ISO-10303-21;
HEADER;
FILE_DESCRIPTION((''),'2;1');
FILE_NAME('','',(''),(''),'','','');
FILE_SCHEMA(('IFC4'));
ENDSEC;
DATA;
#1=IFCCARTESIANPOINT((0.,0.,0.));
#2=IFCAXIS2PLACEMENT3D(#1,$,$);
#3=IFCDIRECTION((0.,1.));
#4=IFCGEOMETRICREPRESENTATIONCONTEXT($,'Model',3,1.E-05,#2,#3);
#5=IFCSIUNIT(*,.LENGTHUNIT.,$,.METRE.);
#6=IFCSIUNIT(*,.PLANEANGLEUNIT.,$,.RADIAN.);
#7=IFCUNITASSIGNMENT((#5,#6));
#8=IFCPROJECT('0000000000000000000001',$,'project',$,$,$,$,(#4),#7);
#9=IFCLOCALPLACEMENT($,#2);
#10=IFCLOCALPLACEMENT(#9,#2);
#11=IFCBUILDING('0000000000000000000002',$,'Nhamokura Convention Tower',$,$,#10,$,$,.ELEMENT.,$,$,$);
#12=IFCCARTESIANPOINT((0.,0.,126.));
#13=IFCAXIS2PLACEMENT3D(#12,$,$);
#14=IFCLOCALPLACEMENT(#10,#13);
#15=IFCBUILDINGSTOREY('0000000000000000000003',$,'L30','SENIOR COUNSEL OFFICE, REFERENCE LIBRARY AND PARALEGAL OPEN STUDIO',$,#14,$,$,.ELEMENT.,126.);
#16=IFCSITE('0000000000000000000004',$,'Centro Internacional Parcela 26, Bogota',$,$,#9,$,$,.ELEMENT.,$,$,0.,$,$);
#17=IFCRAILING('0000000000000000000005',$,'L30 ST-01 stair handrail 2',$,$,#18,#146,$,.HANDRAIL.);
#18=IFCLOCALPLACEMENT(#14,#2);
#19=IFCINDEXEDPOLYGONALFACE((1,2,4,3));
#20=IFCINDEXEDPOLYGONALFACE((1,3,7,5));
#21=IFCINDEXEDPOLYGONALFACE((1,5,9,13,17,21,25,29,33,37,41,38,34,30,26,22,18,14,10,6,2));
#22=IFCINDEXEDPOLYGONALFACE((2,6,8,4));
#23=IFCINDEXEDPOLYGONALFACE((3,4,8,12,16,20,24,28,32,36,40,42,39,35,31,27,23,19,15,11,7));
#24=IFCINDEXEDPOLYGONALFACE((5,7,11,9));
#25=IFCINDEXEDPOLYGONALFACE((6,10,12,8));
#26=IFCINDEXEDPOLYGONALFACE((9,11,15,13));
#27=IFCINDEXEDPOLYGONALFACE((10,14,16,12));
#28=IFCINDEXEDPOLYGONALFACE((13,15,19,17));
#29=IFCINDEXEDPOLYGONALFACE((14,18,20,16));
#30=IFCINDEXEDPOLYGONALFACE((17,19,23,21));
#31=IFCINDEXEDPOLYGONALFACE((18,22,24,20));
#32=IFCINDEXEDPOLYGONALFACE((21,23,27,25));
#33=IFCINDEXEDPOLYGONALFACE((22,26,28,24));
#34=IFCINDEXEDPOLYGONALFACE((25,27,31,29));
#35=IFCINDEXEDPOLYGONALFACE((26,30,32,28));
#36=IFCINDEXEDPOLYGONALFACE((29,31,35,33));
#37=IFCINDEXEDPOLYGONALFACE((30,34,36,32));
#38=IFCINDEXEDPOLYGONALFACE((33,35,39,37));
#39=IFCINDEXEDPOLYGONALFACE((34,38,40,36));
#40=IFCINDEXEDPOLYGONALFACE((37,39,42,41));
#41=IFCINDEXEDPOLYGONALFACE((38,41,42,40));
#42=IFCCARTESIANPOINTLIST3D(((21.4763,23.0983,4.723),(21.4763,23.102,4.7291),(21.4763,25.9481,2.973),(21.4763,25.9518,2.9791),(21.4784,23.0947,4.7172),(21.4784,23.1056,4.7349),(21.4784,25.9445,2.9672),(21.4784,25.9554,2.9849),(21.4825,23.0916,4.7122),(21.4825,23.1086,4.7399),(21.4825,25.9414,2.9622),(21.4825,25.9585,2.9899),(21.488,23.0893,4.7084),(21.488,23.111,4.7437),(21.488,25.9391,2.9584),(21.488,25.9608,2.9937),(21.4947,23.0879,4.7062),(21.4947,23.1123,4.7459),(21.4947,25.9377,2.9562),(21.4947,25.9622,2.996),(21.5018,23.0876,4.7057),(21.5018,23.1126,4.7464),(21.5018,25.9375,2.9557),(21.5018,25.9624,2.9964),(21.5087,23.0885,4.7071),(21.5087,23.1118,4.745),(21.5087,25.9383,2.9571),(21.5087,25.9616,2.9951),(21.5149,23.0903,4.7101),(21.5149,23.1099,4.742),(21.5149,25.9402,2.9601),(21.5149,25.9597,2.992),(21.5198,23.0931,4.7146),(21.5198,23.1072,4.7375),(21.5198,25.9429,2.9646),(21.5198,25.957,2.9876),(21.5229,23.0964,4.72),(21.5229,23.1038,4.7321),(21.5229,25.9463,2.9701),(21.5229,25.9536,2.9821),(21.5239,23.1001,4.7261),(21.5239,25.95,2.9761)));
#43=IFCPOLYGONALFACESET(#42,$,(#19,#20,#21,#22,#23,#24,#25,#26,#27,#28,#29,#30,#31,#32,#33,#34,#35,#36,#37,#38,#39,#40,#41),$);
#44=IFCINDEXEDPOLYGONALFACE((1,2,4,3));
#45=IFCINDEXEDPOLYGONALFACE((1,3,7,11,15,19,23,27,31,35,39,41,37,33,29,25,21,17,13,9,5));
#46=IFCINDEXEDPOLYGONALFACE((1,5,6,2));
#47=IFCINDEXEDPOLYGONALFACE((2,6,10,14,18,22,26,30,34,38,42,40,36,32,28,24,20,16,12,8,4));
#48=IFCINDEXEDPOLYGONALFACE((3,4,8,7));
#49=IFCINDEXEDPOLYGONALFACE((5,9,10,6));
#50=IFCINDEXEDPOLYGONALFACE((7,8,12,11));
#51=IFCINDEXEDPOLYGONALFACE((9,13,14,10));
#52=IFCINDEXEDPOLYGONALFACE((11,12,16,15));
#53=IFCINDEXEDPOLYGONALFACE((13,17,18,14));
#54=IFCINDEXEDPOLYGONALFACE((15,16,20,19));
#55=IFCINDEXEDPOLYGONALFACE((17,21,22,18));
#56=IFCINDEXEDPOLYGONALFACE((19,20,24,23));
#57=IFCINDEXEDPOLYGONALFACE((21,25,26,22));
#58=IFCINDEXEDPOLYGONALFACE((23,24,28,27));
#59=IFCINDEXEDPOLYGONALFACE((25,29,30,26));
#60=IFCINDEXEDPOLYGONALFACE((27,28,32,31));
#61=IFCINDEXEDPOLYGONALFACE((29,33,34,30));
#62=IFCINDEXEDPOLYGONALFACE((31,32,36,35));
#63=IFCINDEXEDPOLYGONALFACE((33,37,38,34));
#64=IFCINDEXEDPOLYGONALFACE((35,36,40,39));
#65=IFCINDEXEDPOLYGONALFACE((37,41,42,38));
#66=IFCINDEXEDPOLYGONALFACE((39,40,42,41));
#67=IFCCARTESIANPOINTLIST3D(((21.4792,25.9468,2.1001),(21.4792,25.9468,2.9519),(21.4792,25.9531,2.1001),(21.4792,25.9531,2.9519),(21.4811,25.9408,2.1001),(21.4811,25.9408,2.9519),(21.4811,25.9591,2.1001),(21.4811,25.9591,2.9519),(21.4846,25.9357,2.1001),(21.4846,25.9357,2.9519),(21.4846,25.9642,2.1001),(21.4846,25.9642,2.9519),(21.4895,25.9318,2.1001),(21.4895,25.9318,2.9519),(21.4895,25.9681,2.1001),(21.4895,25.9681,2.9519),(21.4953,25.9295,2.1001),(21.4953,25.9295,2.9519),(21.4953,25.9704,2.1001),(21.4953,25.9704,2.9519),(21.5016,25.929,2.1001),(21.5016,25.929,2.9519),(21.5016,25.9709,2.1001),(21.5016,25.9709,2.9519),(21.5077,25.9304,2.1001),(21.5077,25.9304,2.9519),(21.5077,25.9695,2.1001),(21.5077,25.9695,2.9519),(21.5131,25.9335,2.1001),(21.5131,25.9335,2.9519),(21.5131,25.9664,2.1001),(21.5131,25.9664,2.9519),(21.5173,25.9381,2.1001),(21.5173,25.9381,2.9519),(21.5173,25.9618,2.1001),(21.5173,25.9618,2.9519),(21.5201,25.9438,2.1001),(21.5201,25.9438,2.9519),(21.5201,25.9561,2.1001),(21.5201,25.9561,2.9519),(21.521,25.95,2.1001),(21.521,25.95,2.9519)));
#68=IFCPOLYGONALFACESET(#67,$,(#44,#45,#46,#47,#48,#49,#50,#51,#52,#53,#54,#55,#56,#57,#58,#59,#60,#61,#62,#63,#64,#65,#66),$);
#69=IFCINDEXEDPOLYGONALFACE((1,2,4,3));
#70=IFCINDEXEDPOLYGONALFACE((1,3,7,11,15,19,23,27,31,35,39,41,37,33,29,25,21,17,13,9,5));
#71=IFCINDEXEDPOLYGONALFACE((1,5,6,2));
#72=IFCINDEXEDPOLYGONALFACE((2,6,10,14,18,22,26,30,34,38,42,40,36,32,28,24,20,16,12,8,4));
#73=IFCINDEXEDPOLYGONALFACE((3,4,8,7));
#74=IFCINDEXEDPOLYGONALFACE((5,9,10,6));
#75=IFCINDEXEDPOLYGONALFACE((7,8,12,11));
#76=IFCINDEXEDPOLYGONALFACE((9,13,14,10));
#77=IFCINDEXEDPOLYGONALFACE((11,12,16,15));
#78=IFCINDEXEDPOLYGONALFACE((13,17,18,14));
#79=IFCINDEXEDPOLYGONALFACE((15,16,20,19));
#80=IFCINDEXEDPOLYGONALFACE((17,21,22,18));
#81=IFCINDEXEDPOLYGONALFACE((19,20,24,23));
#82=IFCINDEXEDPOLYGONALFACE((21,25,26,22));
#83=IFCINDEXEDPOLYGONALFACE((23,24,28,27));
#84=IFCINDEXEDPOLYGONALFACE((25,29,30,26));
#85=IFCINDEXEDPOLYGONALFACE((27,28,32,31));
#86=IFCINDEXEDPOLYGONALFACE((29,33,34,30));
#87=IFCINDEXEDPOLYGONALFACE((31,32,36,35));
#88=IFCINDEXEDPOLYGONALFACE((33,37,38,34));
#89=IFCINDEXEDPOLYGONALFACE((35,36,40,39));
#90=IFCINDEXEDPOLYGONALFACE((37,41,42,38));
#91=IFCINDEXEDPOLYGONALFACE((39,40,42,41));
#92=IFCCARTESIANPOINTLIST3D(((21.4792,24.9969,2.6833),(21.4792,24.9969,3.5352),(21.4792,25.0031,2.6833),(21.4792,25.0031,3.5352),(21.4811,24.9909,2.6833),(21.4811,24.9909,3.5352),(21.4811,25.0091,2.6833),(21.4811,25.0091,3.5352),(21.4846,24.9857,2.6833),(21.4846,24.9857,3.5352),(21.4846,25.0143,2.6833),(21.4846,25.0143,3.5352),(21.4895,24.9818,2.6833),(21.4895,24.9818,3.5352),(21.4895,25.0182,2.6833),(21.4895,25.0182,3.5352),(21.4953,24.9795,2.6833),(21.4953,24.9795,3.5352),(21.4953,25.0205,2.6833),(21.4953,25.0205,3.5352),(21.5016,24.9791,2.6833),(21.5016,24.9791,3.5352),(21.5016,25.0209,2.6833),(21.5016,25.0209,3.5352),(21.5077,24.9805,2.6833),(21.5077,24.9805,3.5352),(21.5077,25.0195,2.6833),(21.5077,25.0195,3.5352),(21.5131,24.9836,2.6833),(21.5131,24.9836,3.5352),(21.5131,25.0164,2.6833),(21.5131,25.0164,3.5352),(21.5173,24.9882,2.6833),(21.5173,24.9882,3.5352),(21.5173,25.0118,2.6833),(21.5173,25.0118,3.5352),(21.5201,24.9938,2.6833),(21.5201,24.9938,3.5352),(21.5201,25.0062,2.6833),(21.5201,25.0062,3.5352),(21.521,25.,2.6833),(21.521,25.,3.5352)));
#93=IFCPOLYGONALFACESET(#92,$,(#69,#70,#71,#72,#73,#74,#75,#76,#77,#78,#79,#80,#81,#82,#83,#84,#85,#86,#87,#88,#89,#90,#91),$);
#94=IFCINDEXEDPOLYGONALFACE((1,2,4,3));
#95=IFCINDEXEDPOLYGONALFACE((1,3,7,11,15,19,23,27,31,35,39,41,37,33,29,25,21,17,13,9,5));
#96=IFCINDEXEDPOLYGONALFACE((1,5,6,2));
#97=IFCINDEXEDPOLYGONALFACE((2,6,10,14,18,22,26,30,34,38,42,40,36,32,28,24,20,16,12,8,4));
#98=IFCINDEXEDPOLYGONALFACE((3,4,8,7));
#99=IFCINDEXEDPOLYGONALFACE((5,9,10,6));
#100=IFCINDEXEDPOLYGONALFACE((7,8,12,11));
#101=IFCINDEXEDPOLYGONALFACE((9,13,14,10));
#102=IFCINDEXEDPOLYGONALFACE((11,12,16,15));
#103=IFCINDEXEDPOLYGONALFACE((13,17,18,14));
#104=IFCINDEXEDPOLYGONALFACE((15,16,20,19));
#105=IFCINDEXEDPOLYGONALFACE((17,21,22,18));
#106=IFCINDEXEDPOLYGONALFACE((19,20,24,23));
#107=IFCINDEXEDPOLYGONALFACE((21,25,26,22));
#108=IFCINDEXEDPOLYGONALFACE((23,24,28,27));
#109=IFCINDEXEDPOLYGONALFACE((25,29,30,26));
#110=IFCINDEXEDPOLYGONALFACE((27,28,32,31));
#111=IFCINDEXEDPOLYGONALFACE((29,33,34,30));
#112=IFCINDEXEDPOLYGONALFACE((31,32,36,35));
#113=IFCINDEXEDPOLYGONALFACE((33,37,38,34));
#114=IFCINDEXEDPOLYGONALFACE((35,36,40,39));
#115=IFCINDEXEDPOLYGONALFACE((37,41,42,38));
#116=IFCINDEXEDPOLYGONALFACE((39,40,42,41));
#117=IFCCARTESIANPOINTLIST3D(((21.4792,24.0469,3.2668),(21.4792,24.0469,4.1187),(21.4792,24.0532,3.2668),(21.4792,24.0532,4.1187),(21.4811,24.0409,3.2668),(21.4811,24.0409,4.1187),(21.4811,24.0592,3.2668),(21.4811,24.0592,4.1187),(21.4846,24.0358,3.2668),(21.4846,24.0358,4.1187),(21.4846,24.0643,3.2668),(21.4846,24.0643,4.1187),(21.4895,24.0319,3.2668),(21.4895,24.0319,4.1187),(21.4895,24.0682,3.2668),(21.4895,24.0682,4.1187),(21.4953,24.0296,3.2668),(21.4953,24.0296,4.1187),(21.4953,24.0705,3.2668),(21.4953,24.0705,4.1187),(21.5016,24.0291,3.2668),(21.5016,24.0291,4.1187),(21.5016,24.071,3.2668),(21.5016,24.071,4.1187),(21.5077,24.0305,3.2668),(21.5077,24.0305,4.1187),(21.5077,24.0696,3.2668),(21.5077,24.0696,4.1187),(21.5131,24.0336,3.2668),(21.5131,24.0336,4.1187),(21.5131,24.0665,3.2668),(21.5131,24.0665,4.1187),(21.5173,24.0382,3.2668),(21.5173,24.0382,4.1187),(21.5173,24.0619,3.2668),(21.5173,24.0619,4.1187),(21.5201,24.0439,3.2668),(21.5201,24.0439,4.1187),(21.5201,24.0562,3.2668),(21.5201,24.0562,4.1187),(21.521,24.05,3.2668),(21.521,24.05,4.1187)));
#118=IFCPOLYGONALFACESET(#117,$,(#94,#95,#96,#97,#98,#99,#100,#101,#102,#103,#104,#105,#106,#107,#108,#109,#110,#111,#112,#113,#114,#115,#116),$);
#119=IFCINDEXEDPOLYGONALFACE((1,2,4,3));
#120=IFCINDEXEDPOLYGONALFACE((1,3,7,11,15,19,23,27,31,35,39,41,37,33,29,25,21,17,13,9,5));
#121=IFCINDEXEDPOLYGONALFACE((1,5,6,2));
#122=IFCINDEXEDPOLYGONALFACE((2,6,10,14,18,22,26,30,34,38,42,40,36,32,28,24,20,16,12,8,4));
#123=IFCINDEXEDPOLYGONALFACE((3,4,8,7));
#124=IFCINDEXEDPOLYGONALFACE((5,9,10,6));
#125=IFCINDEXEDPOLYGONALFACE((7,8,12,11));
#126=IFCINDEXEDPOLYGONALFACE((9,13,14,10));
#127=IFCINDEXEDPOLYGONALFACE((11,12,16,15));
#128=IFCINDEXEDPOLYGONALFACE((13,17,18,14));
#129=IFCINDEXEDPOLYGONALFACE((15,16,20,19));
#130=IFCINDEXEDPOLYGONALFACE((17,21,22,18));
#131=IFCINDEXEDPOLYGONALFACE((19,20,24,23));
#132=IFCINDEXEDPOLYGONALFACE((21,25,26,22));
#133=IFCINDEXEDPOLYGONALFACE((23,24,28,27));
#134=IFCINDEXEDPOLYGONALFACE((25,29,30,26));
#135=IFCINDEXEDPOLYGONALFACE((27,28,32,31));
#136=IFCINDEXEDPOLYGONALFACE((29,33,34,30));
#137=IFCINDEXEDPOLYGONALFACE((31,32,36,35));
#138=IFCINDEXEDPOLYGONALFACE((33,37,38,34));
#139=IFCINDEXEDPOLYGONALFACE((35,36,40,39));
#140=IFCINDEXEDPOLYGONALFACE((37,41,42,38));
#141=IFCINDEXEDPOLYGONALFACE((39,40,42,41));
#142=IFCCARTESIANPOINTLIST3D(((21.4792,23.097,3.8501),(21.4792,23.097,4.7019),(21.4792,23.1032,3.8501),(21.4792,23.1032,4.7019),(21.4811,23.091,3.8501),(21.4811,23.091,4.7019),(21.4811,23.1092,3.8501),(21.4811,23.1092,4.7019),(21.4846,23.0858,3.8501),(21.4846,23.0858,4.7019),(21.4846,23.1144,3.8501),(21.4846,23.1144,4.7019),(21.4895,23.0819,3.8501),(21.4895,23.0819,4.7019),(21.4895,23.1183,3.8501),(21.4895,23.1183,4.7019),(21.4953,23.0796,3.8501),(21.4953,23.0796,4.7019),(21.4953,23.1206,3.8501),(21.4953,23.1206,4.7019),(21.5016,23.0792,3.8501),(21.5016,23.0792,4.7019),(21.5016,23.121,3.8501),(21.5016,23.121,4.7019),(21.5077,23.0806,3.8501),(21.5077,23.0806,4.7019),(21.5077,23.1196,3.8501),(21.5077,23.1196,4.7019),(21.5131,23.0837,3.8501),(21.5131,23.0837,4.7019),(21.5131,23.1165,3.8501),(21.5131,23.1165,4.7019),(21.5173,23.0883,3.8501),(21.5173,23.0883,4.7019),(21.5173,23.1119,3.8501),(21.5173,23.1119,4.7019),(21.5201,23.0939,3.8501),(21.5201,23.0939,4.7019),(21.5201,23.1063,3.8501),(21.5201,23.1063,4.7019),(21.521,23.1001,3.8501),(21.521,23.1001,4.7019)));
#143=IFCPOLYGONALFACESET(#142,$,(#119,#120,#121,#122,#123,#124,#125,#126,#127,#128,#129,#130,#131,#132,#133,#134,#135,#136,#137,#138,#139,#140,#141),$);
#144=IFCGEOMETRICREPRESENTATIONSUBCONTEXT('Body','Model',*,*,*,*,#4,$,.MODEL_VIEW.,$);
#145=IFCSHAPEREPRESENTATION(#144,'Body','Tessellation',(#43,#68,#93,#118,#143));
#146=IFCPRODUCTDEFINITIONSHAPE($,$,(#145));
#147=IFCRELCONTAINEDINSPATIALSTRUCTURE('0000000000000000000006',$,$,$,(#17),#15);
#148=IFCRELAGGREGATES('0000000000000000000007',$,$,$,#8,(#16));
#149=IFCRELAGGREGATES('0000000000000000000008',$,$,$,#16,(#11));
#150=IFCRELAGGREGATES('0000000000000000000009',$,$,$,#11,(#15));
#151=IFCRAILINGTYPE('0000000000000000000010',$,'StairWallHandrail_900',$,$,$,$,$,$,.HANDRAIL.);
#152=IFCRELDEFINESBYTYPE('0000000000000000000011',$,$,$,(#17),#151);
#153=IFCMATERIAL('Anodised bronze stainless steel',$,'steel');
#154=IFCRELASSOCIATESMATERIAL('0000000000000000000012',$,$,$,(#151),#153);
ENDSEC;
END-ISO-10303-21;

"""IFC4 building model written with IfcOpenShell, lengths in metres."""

from ifc_helpers import new_model, si_unit, direction, frame, origin, origin_2d, place, context, subcontext, project, spatial, circle, extrude, material, type_object, element, save


model = new_model("IFC4")

# Units and contexts
model_context = context("Model", 3, precision=1e-05, world=origin(), true_north=direction((0.0, 1.0)))
body_context = subcontext(model_context, "Body", "Model", "MODEL_VIEW")
ifc_project = project(units=[si_unit("LENGTHUNIT", "METRE"), si_unit("PLANEANGLEUNIT", "RADIAN")], contexts=[model_context])

# Site, building, storey
site_placement = place(None, origin())
site = spatial("IfcSite", under=ifc_project, at=site_placement, Name="Centro Internacional Parcela 26, Bogota", CompositionType="ELEMENT", RefElevation=0.0)
building_placement = place(site_placement, origin())
building = spatial("IfcBuilding", under=site, at=building_placement, Name="Nhamokura Convention Tower", CompositionType="ELEMENT")
storey_placement = place(building_placement, frame((0.0, 0.0, 126.0)))
storey = spatial("IfcBuildingStorey", under=building, at=storey_placement, Name="L30", Description="SENIOR COUNSEL OFFICE, REFERENCE LIBRARY AND PARALEGAL OPEN STUDIO", CompositionType="ELEMENT", Elevation=126.0)

# Railing
ifc_material_1 = material(Name="Anodised bronze stainless steel", Category="steel")
railing_type_1 = type_object("IfcRailingType", Name="StairWallHandrail_900", PredefinedType="HANDRAIL", material=ifc_material_1)
railing_1_placement = place(storey_placement, frame((21.5, 25.95, 2.1001)))
element("IfcRailing", 1, at=railing_1_placement, inside=storey, type_object=railing_type_1, Name="L30 ST-01 stair handrail 2", PredefinedType="HANDRAIL", context=body_context, shape_type="SweptSolid", body=[
    extrude(circle(Radius=0.0239, at=origin_2d()), frame((0.0, 0.0, 0.876), z_axis=(0.0, -0.852159, 0.523283), x_axis=(1.0, 0.0, 0.0)), (0.0, 0.0, 1.0), 3.3442),
    extrude(circle(Radius=0.021, at=origin_2d()), origin(), (0.0, 0.0, 1.0), 0.8518),
    extrude(circle(Radius=0.021, at=origin_2d()), frame((0.0, -0.95, 0.5833)), (0.0, 0.0, 1.0), 0.8518),
    extrude(circle(Radius=0.021, at=origin_2d()), frame((0.0, -1.8999, 1.1667)), (0.0, 0.0, 1.0), 0.8518),
    extrude(circle(Radius=0.021, at=origin_2d()), frame((0.0, -2.8499, 1.75)), (0.0, 0.0, 1.0), 0.8518),
])

save(model, "model.ifc")
